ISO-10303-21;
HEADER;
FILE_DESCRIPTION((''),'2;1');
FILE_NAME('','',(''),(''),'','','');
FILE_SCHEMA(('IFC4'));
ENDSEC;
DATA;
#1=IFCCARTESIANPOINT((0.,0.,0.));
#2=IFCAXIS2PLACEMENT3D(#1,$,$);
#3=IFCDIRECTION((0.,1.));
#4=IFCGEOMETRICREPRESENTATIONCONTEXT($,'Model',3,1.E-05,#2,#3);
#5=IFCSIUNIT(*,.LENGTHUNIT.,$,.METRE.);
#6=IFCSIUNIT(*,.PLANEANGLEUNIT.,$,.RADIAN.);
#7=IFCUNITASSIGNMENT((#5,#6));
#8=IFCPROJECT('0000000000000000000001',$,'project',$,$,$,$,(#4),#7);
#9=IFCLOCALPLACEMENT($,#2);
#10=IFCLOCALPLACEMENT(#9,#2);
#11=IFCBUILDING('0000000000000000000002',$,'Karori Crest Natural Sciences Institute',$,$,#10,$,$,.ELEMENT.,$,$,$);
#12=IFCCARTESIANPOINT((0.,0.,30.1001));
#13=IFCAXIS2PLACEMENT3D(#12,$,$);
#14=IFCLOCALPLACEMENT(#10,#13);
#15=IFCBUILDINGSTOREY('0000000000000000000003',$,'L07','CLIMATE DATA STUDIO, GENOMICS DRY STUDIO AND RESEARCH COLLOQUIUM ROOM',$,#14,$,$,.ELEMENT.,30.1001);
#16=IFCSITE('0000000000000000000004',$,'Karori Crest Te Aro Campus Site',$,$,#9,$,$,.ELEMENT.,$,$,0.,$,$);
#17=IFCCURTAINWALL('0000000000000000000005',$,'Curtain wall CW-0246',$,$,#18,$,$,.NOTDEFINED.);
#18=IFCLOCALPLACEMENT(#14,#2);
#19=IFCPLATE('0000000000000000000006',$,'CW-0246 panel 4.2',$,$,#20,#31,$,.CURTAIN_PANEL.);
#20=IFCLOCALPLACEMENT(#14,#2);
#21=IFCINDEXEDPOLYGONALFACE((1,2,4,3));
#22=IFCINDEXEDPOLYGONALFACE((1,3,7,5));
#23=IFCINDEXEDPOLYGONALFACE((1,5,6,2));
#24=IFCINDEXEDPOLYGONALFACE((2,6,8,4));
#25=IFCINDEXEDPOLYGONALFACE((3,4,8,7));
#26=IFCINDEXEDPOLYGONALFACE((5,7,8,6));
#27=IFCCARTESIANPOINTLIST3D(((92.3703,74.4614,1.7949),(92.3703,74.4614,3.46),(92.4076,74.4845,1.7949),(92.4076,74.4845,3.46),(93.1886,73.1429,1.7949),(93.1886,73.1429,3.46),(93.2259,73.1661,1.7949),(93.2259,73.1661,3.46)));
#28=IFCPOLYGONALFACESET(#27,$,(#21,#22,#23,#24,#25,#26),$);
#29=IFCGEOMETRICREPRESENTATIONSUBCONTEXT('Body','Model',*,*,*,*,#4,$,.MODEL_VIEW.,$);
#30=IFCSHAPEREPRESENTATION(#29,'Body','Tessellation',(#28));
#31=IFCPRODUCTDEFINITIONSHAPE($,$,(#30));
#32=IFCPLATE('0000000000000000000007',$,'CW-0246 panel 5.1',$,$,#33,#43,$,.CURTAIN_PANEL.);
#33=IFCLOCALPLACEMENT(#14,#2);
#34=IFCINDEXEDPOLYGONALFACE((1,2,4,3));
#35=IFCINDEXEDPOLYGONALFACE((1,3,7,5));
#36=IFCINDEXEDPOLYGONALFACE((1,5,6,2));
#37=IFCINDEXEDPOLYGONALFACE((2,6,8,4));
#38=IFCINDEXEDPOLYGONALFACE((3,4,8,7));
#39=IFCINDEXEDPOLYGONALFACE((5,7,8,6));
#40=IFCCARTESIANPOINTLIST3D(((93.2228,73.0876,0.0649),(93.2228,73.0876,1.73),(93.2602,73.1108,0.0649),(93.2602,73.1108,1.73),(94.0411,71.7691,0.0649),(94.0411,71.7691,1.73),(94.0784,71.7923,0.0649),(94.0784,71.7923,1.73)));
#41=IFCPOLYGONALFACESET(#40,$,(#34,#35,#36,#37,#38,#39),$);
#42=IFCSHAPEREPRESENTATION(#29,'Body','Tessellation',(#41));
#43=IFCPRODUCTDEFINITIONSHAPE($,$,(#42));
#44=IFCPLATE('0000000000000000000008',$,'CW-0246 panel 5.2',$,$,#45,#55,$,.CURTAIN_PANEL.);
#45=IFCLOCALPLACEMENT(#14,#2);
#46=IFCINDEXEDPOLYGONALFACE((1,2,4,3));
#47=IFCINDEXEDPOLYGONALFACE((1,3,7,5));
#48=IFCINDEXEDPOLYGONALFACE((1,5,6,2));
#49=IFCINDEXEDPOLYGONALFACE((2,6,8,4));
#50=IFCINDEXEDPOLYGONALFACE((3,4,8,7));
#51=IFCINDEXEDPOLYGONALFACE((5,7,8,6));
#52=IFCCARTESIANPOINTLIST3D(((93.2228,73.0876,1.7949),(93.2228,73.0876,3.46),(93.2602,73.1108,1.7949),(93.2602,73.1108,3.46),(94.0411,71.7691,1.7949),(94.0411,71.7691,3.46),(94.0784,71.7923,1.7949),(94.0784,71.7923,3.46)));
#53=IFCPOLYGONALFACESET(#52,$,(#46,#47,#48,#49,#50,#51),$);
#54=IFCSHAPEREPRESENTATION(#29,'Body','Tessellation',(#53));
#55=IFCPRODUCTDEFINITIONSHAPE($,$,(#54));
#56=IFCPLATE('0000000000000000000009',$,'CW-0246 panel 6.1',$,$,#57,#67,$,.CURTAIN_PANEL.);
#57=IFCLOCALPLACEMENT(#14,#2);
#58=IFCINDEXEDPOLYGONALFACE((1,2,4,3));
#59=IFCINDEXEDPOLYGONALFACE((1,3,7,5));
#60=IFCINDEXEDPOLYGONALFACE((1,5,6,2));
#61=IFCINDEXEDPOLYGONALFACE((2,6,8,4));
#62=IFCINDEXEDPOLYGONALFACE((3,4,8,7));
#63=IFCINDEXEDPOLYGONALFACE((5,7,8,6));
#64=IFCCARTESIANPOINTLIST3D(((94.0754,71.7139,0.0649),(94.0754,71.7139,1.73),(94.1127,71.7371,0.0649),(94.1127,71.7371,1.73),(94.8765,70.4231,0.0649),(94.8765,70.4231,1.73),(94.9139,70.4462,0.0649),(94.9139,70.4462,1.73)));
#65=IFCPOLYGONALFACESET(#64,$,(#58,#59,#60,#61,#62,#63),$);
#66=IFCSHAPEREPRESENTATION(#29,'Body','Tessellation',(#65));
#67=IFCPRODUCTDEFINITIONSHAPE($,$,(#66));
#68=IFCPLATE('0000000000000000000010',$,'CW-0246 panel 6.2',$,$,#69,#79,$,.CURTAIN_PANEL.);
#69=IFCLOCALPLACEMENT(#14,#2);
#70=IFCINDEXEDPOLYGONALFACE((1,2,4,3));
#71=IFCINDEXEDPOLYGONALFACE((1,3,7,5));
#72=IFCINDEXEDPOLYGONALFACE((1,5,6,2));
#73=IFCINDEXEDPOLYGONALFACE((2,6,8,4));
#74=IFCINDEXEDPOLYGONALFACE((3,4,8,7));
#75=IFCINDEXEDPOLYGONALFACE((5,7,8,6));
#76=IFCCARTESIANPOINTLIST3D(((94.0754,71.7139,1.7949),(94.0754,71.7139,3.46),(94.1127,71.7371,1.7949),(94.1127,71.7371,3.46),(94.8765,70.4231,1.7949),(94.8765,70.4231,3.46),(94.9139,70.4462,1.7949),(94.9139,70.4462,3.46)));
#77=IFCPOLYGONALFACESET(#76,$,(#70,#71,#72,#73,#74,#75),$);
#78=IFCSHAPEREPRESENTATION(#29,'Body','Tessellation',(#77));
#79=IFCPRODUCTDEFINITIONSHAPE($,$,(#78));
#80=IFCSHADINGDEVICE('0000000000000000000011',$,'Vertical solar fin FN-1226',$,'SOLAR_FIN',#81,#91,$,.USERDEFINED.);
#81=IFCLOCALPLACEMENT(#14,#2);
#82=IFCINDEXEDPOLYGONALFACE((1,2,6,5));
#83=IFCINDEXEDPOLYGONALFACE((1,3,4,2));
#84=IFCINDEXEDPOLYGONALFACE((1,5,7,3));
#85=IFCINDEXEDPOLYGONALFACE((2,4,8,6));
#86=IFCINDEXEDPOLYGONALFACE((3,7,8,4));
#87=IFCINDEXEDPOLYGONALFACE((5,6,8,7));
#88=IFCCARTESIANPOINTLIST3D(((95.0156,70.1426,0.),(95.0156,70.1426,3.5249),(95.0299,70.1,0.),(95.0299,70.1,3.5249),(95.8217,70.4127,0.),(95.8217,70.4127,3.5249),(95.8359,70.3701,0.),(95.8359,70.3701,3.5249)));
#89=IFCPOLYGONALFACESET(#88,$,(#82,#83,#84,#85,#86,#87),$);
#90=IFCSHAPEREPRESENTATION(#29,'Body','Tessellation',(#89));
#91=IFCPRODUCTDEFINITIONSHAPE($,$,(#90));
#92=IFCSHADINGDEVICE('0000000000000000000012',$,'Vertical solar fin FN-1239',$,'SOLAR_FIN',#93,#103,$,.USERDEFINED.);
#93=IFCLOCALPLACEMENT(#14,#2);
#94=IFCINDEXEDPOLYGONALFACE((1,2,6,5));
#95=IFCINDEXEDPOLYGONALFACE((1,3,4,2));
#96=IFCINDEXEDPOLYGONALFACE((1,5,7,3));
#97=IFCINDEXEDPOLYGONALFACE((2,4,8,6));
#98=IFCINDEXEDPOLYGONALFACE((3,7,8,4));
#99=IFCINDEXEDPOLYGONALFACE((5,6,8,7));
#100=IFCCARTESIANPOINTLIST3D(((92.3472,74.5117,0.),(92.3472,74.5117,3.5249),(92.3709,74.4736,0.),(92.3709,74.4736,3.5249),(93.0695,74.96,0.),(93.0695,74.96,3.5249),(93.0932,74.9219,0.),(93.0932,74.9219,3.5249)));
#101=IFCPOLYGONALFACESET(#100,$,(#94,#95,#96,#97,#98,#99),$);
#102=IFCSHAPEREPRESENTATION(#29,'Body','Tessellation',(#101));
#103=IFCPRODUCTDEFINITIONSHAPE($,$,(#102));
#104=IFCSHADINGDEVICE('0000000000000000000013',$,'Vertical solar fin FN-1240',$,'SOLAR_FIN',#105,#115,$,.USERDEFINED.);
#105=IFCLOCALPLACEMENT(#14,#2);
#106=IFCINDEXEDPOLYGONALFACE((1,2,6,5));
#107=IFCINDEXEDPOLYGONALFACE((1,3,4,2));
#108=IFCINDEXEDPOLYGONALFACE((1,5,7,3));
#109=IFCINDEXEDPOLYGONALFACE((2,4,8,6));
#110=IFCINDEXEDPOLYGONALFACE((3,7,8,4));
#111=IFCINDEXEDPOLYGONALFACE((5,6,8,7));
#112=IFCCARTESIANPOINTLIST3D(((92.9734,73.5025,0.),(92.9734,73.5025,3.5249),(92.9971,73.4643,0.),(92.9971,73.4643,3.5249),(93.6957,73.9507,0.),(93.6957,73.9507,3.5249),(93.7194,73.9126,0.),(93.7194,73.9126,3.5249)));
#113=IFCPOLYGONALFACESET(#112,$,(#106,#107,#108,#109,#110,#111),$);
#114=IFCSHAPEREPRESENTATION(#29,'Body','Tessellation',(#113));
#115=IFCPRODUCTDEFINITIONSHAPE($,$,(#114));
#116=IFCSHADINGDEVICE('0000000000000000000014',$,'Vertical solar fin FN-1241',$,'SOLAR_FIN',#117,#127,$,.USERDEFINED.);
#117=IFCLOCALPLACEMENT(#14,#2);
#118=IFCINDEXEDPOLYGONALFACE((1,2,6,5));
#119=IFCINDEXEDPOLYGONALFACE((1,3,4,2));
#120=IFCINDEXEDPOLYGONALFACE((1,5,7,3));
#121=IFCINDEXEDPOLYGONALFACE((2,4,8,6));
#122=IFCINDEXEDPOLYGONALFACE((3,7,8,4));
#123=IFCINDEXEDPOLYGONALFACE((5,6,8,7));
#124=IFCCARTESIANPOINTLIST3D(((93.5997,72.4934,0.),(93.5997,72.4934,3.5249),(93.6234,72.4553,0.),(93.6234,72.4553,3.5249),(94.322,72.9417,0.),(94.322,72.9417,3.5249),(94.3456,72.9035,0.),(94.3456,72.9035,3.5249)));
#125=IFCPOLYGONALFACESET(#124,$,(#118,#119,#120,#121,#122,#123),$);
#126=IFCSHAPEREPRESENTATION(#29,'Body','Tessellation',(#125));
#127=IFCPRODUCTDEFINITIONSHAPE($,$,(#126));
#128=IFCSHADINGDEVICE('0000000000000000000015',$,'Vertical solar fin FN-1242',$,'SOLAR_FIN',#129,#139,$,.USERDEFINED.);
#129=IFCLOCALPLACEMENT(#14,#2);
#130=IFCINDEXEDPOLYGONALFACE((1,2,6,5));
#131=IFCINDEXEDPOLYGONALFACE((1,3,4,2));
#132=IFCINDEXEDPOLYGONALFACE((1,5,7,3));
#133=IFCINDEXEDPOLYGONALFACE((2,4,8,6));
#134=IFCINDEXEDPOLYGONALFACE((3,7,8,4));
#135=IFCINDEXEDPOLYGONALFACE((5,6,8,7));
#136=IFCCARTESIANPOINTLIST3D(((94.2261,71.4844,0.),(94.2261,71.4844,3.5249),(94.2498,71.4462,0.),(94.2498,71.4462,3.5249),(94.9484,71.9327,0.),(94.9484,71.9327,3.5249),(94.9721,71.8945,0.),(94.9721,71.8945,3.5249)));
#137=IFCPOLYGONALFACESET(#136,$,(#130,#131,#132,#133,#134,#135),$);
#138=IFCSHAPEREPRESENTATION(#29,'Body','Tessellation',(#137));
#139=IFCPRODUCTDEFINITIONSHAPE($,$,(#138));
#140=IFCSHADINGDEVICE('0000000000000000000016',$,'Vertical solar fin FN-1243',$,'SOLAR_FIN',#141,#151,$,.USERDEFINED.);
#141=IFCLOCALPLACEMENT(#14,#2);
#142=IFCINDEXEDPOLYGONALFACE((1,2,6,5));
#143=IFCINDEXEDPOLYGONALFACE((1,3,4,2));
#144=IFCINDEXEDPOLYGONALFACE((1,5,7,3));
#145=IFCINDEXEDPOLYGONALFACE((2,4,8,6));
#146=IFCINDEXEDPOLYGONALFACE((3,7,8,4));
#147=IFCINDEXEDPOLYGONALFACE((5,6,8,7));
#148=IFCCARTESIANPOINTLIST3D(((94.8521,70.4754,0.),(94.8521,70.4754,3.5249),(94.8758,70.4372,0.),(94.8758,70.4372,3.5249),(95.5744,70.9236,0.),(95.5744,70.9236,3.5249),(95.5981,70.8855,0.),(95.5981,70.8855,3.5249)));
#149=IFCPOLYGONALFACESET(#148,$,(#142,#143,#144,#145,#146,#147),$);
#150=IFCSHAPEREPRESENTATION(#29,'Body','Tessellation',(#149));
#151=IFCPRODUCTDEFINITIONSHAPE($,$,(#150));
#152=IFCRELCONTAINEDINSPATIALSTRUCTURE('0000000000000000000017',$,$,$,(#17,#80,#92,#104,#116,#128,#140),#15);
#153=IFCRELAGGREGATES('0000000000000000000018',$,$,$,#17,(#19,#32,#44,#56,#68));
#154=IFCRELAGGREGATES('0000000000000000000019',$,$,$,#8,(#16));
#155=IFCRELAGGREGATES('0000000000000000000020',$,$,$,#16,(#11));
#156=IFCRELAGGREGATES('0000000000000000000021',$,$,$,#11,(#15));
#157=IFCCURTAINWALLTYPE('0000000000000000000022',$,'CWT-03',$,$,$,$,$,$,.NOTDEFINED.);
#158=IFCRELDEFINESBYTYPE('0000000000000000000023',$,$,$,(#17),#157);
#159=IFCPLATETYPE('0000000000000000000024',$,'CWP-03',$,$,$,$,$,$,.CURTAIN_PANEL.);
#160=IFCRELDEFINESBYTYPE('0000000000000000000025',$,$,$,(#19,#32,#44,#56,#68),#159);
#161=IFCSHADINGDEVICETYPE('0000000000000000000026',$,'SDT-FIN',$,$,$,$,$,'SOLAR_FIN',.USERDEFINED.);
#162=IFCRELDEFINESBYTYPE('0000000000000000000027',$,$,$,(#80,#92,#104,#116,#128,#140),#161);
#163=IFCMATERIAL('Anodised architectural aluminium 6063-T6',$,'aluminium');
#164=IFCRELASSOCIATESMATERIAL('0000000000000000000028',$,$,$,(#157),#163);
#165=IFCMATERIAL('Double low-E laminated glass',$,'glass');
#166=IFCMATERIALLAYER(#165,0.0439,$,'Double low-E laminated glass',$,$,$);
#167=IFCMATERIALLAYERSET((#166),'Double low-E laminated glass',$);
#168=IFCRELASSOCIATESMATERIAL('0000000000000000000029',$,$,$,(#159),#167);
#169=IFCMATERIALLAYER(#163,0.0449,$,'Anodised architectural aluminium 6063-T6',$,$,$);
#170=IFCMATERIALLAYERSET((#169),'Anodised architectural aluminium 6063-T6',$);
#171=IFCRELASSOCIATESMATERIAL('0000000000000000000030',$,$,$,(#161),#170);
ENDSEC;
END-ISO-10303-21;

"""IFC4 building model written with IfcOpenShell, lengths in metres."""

from ifc_helpers import new_model, si_unit, direction, frame, origin, origin_2d, place, context, subcontext, project, spatial, rectangle, extrude, material, layer, layer_set, type_object, element, aggregate, save


model = new_model("IFC4")

# Units and contexts
model_context = context("Model", 3, precision=1e-05, world=origin(), true_north=direction((0.0, 1.0)))
body_context = subcontext(model_context, "Body", "Model", "MODEL_VIEW")
ifc_project = project(units=[si_unit("LENGTHUNIT", "METRE"), si_unit("PLANEANGLEUNIT", "RADIAN")], contexts=[model_context])

# Site, building, storey
site_placement = place(None, origin())
site = spatial("IfcSite", under=ifc_project, at=site_placement, Name="Karori Crest Te Aro Campus Site", CompositionType="ELEMENT", RefElevation=0.0)
building_placement = place(site_placement, origin())
building = spatial("IfcBuilding", under=site, at=building_placement, Name="Karori Crest Natural Sciences Institute", CompositionType="ELEMENT")
storey_placement = place(building_placement, frame((0.0, 0.0, 30.1001)))
storey = spatial("IfcBuildingStorey", under=building, at=storey_placement, Name="L07", Description="CLIMATE DATA STUDIO, GENOMICS DRY STUDIO AND RESEARCH COLLOQUIUM ROOM", CompositionType="ELEMENT", Elevation=30.1001)

# Shared definitions
ifc_material_1 = material(Name="Anodised architectural aluminium 6063-T6", Category="aluminium")

# Curtain wall
curtain_wall_type_1 = type_object("IfcCurtainWallType", Name="CWT-03", PredefinedType="NOTDEFINED", material=ifc_material_1)
curtain_wall_1_placement = place(storey_placement, origin())
curtain_wall_1 = element("IfcCurtainWall", 1, at=curtain_wall_1_placement, inside=storey, type_object=curtain_wall_type_1, Name="Curtain wall CW-0246", PredefinedType="NOTDEFINED")

# Plates
ifc_material_2 = material(Name="Double low-E laminated glass", Category="glass")
ifc_layer_1 = layer(ifc_material_2, 0.0439, Name="Double low-E laminated glass")
ifc_layer_set_1 = layer_set([ifc_layer_1], Name="Double low-E laminated glass")
plate_type = type_object("IfcPlateType", Name="CWP-03", PredefinedType="CURTAIN_PANEL", material=ifc_layer_set_1)
plate_1_placement = place(storey_placement, frame((92.7981, 73.8137, 1.7949), z_axis=(0.0, 0.0, 1.0), x_axis=(0.527328, -0.849662, 0.0)))
plate_1 = element("IfcPlate", 2, at=plate_1_placement, type_object=plate_type, Name="CW-0246 panel 4.2", PredefinedType="CURTAIN_PANEL", context=body_context, shape_type="SweptSolid", body=[
    extrude(rectangle(XDim=1.5518, YDim=0.0439, at=origin_2d()), origin(), (0.0, 0.0, 1.0), 1.665),
])
plate_2_placement = place(storey_placement, frame((93.6506, 72.4399, 0.0649), z_axis=(0.0, 0.0, 1.0), x_axis=(0.527328, -0.849662, 0.0)))
plate_2 = element("IfcPlate", 3, at=plate_2_placement, type_object=plate_type, Name="CW-0246 panel 5.1", PredefinedType="CURTAIN_PANEL", context=body_context, shape_type="SweptSolid", body=[
    extrude(rectangle(XDim=1.5518, YDim=0.0439, at=origin_2d()), origin(), (0.0, 0.0, 1.0), 1.665),
])
plate_3_placement = place(storey_placement, frame((93.6506, 72.4399, 1.7949), z_axis=(0.0, 0.0, 1.0), x_axis=(0.527328, -0.849662, 0.0)))
plate_3 = element("IfcPlate", 4, at=plate_3_placement, type_object=plate_type, Name="CW-0246 panel 5.2", PredefinedType="CURTAIN_PANEL", context=body_context, shape_type="SweptSolid", body=[
    extrude(rectangle(XDim=1.5518, YDim=0.0439, at=origin_2d()), origin(), (0.0, 0.0, 1.0), 1.665),
])
plate_4_placement = place(storey_placement, frame((94.4946, 71.0801, 0.0649), z_axis=(0.0, 0.0, 1.0), x_axis=(0.527328, -0.849662, 0.0)))
plate_4 = element("IfcPlate", 5, at=plate_4_placement, type_object=plate_type, Name="CW-0246 panel 6.1", PredefinedType="CURTAIN_PANEL", context=body_context, shape_type="SweptSolid", body=[
    extrude(rectangle(XDim=1.5193, YDim=0.0439, at=origin_2d()), origin(), (0.0, 0.0, 1.0), 1.665),
])
plate_5_placement = place(storey_placement, frame((94.4946, 71.0801, 1.7949), z_axis=(0.0, 0.0, 1.0), x_axis=(0.527328, -0.849662, 0.0)))
plate_5 = element("IfcPlate", 6, at=plate_5_placement, type_object=plate_type, Name="CW-0246 panel 6.2", PredefinedType="CURTAIN_PANEL", context=body_context, shape_type="SweptSolid", body=[
    extrude(rectangle(XDim=1.5193, YDim=0.0439, at=origin_2d()), origin(), (0.0, 0.0, 1.0), 1.665),
])
aggregate(curtain_wall_1, [plate_1, plate_2, plate_3, plate_4, plate_5])

# Shading devices
ifc_layer_2 = layer(ifc_material_1, 0.0449, Name="Anodised architectural aluminium 6063-T6")
ifc_layer_set_2 = layer_set([ifc_layer_2], Name="Anodised architectural aluminium 6063-T6")
shading_device_type = type_object("IfcShadingDeviceType", Name="SDT-FIN", ElementType="SOLAR_FIN", PredefinedType="USERDEFINED", material=ifc_layer_set_2)
for number, where, z_axis, x_axis, name in (
    (7, (95.4258, 70.2563, 0.0), (0.0, 0.0, 1.0), (0.948198, 0.31768, 0.0), "Vertical solar fin FN-1226"),
    (8, (92.7202, 74.7168, 0.0), (0.0, 0.0, 1.0), (0.849662, 0.527328, 0.0), "Vertical solar fin FN-1239"),
    (9, (93.3464, 73.7075, 0.0), (0.0, 0.0, 1.0), (0.849662, 0.527328, 0.0), "Vertical solar fin FN-1240"),
    (10, (93.9727, 72.6985, 0.0), (0.0, 0.0, 1.0), (0.849662, 0.527328, 0.0), "Vertical solar fin FN-1241"),
    (11, (94.5991, 71.6895, 0.0), (0.0, 0.0, 1.0), (0.849662, 0.527328, 0.0), "Vertical solar fin FN-1242"),
    (12, (95.2251, 70.6804, 0.0), (0.0, 0.0, 1.0), (0.849662, 0.527328, 0.0), "Vertical solar fin FN-1243"),
):
    element("IfcShadingDevice", number, at=place(storey_placement, frame(where, z_axis=z_axis, x_axis=x_axis)), inside=storey, type_object=shading_device_type, Name=name, ObjectType="SOLAR_FIN", PredefinedType="USERDEFINED", context=body_context, shape_type="SweptSolid", body=[
        extrude(rectangle(XDim=0.8501, YDim=0.0449, at=origin_2d()), origin(), (0.0, 0.0, 1.0), 3.5249),
    ])

save(model, "model.ifc")
